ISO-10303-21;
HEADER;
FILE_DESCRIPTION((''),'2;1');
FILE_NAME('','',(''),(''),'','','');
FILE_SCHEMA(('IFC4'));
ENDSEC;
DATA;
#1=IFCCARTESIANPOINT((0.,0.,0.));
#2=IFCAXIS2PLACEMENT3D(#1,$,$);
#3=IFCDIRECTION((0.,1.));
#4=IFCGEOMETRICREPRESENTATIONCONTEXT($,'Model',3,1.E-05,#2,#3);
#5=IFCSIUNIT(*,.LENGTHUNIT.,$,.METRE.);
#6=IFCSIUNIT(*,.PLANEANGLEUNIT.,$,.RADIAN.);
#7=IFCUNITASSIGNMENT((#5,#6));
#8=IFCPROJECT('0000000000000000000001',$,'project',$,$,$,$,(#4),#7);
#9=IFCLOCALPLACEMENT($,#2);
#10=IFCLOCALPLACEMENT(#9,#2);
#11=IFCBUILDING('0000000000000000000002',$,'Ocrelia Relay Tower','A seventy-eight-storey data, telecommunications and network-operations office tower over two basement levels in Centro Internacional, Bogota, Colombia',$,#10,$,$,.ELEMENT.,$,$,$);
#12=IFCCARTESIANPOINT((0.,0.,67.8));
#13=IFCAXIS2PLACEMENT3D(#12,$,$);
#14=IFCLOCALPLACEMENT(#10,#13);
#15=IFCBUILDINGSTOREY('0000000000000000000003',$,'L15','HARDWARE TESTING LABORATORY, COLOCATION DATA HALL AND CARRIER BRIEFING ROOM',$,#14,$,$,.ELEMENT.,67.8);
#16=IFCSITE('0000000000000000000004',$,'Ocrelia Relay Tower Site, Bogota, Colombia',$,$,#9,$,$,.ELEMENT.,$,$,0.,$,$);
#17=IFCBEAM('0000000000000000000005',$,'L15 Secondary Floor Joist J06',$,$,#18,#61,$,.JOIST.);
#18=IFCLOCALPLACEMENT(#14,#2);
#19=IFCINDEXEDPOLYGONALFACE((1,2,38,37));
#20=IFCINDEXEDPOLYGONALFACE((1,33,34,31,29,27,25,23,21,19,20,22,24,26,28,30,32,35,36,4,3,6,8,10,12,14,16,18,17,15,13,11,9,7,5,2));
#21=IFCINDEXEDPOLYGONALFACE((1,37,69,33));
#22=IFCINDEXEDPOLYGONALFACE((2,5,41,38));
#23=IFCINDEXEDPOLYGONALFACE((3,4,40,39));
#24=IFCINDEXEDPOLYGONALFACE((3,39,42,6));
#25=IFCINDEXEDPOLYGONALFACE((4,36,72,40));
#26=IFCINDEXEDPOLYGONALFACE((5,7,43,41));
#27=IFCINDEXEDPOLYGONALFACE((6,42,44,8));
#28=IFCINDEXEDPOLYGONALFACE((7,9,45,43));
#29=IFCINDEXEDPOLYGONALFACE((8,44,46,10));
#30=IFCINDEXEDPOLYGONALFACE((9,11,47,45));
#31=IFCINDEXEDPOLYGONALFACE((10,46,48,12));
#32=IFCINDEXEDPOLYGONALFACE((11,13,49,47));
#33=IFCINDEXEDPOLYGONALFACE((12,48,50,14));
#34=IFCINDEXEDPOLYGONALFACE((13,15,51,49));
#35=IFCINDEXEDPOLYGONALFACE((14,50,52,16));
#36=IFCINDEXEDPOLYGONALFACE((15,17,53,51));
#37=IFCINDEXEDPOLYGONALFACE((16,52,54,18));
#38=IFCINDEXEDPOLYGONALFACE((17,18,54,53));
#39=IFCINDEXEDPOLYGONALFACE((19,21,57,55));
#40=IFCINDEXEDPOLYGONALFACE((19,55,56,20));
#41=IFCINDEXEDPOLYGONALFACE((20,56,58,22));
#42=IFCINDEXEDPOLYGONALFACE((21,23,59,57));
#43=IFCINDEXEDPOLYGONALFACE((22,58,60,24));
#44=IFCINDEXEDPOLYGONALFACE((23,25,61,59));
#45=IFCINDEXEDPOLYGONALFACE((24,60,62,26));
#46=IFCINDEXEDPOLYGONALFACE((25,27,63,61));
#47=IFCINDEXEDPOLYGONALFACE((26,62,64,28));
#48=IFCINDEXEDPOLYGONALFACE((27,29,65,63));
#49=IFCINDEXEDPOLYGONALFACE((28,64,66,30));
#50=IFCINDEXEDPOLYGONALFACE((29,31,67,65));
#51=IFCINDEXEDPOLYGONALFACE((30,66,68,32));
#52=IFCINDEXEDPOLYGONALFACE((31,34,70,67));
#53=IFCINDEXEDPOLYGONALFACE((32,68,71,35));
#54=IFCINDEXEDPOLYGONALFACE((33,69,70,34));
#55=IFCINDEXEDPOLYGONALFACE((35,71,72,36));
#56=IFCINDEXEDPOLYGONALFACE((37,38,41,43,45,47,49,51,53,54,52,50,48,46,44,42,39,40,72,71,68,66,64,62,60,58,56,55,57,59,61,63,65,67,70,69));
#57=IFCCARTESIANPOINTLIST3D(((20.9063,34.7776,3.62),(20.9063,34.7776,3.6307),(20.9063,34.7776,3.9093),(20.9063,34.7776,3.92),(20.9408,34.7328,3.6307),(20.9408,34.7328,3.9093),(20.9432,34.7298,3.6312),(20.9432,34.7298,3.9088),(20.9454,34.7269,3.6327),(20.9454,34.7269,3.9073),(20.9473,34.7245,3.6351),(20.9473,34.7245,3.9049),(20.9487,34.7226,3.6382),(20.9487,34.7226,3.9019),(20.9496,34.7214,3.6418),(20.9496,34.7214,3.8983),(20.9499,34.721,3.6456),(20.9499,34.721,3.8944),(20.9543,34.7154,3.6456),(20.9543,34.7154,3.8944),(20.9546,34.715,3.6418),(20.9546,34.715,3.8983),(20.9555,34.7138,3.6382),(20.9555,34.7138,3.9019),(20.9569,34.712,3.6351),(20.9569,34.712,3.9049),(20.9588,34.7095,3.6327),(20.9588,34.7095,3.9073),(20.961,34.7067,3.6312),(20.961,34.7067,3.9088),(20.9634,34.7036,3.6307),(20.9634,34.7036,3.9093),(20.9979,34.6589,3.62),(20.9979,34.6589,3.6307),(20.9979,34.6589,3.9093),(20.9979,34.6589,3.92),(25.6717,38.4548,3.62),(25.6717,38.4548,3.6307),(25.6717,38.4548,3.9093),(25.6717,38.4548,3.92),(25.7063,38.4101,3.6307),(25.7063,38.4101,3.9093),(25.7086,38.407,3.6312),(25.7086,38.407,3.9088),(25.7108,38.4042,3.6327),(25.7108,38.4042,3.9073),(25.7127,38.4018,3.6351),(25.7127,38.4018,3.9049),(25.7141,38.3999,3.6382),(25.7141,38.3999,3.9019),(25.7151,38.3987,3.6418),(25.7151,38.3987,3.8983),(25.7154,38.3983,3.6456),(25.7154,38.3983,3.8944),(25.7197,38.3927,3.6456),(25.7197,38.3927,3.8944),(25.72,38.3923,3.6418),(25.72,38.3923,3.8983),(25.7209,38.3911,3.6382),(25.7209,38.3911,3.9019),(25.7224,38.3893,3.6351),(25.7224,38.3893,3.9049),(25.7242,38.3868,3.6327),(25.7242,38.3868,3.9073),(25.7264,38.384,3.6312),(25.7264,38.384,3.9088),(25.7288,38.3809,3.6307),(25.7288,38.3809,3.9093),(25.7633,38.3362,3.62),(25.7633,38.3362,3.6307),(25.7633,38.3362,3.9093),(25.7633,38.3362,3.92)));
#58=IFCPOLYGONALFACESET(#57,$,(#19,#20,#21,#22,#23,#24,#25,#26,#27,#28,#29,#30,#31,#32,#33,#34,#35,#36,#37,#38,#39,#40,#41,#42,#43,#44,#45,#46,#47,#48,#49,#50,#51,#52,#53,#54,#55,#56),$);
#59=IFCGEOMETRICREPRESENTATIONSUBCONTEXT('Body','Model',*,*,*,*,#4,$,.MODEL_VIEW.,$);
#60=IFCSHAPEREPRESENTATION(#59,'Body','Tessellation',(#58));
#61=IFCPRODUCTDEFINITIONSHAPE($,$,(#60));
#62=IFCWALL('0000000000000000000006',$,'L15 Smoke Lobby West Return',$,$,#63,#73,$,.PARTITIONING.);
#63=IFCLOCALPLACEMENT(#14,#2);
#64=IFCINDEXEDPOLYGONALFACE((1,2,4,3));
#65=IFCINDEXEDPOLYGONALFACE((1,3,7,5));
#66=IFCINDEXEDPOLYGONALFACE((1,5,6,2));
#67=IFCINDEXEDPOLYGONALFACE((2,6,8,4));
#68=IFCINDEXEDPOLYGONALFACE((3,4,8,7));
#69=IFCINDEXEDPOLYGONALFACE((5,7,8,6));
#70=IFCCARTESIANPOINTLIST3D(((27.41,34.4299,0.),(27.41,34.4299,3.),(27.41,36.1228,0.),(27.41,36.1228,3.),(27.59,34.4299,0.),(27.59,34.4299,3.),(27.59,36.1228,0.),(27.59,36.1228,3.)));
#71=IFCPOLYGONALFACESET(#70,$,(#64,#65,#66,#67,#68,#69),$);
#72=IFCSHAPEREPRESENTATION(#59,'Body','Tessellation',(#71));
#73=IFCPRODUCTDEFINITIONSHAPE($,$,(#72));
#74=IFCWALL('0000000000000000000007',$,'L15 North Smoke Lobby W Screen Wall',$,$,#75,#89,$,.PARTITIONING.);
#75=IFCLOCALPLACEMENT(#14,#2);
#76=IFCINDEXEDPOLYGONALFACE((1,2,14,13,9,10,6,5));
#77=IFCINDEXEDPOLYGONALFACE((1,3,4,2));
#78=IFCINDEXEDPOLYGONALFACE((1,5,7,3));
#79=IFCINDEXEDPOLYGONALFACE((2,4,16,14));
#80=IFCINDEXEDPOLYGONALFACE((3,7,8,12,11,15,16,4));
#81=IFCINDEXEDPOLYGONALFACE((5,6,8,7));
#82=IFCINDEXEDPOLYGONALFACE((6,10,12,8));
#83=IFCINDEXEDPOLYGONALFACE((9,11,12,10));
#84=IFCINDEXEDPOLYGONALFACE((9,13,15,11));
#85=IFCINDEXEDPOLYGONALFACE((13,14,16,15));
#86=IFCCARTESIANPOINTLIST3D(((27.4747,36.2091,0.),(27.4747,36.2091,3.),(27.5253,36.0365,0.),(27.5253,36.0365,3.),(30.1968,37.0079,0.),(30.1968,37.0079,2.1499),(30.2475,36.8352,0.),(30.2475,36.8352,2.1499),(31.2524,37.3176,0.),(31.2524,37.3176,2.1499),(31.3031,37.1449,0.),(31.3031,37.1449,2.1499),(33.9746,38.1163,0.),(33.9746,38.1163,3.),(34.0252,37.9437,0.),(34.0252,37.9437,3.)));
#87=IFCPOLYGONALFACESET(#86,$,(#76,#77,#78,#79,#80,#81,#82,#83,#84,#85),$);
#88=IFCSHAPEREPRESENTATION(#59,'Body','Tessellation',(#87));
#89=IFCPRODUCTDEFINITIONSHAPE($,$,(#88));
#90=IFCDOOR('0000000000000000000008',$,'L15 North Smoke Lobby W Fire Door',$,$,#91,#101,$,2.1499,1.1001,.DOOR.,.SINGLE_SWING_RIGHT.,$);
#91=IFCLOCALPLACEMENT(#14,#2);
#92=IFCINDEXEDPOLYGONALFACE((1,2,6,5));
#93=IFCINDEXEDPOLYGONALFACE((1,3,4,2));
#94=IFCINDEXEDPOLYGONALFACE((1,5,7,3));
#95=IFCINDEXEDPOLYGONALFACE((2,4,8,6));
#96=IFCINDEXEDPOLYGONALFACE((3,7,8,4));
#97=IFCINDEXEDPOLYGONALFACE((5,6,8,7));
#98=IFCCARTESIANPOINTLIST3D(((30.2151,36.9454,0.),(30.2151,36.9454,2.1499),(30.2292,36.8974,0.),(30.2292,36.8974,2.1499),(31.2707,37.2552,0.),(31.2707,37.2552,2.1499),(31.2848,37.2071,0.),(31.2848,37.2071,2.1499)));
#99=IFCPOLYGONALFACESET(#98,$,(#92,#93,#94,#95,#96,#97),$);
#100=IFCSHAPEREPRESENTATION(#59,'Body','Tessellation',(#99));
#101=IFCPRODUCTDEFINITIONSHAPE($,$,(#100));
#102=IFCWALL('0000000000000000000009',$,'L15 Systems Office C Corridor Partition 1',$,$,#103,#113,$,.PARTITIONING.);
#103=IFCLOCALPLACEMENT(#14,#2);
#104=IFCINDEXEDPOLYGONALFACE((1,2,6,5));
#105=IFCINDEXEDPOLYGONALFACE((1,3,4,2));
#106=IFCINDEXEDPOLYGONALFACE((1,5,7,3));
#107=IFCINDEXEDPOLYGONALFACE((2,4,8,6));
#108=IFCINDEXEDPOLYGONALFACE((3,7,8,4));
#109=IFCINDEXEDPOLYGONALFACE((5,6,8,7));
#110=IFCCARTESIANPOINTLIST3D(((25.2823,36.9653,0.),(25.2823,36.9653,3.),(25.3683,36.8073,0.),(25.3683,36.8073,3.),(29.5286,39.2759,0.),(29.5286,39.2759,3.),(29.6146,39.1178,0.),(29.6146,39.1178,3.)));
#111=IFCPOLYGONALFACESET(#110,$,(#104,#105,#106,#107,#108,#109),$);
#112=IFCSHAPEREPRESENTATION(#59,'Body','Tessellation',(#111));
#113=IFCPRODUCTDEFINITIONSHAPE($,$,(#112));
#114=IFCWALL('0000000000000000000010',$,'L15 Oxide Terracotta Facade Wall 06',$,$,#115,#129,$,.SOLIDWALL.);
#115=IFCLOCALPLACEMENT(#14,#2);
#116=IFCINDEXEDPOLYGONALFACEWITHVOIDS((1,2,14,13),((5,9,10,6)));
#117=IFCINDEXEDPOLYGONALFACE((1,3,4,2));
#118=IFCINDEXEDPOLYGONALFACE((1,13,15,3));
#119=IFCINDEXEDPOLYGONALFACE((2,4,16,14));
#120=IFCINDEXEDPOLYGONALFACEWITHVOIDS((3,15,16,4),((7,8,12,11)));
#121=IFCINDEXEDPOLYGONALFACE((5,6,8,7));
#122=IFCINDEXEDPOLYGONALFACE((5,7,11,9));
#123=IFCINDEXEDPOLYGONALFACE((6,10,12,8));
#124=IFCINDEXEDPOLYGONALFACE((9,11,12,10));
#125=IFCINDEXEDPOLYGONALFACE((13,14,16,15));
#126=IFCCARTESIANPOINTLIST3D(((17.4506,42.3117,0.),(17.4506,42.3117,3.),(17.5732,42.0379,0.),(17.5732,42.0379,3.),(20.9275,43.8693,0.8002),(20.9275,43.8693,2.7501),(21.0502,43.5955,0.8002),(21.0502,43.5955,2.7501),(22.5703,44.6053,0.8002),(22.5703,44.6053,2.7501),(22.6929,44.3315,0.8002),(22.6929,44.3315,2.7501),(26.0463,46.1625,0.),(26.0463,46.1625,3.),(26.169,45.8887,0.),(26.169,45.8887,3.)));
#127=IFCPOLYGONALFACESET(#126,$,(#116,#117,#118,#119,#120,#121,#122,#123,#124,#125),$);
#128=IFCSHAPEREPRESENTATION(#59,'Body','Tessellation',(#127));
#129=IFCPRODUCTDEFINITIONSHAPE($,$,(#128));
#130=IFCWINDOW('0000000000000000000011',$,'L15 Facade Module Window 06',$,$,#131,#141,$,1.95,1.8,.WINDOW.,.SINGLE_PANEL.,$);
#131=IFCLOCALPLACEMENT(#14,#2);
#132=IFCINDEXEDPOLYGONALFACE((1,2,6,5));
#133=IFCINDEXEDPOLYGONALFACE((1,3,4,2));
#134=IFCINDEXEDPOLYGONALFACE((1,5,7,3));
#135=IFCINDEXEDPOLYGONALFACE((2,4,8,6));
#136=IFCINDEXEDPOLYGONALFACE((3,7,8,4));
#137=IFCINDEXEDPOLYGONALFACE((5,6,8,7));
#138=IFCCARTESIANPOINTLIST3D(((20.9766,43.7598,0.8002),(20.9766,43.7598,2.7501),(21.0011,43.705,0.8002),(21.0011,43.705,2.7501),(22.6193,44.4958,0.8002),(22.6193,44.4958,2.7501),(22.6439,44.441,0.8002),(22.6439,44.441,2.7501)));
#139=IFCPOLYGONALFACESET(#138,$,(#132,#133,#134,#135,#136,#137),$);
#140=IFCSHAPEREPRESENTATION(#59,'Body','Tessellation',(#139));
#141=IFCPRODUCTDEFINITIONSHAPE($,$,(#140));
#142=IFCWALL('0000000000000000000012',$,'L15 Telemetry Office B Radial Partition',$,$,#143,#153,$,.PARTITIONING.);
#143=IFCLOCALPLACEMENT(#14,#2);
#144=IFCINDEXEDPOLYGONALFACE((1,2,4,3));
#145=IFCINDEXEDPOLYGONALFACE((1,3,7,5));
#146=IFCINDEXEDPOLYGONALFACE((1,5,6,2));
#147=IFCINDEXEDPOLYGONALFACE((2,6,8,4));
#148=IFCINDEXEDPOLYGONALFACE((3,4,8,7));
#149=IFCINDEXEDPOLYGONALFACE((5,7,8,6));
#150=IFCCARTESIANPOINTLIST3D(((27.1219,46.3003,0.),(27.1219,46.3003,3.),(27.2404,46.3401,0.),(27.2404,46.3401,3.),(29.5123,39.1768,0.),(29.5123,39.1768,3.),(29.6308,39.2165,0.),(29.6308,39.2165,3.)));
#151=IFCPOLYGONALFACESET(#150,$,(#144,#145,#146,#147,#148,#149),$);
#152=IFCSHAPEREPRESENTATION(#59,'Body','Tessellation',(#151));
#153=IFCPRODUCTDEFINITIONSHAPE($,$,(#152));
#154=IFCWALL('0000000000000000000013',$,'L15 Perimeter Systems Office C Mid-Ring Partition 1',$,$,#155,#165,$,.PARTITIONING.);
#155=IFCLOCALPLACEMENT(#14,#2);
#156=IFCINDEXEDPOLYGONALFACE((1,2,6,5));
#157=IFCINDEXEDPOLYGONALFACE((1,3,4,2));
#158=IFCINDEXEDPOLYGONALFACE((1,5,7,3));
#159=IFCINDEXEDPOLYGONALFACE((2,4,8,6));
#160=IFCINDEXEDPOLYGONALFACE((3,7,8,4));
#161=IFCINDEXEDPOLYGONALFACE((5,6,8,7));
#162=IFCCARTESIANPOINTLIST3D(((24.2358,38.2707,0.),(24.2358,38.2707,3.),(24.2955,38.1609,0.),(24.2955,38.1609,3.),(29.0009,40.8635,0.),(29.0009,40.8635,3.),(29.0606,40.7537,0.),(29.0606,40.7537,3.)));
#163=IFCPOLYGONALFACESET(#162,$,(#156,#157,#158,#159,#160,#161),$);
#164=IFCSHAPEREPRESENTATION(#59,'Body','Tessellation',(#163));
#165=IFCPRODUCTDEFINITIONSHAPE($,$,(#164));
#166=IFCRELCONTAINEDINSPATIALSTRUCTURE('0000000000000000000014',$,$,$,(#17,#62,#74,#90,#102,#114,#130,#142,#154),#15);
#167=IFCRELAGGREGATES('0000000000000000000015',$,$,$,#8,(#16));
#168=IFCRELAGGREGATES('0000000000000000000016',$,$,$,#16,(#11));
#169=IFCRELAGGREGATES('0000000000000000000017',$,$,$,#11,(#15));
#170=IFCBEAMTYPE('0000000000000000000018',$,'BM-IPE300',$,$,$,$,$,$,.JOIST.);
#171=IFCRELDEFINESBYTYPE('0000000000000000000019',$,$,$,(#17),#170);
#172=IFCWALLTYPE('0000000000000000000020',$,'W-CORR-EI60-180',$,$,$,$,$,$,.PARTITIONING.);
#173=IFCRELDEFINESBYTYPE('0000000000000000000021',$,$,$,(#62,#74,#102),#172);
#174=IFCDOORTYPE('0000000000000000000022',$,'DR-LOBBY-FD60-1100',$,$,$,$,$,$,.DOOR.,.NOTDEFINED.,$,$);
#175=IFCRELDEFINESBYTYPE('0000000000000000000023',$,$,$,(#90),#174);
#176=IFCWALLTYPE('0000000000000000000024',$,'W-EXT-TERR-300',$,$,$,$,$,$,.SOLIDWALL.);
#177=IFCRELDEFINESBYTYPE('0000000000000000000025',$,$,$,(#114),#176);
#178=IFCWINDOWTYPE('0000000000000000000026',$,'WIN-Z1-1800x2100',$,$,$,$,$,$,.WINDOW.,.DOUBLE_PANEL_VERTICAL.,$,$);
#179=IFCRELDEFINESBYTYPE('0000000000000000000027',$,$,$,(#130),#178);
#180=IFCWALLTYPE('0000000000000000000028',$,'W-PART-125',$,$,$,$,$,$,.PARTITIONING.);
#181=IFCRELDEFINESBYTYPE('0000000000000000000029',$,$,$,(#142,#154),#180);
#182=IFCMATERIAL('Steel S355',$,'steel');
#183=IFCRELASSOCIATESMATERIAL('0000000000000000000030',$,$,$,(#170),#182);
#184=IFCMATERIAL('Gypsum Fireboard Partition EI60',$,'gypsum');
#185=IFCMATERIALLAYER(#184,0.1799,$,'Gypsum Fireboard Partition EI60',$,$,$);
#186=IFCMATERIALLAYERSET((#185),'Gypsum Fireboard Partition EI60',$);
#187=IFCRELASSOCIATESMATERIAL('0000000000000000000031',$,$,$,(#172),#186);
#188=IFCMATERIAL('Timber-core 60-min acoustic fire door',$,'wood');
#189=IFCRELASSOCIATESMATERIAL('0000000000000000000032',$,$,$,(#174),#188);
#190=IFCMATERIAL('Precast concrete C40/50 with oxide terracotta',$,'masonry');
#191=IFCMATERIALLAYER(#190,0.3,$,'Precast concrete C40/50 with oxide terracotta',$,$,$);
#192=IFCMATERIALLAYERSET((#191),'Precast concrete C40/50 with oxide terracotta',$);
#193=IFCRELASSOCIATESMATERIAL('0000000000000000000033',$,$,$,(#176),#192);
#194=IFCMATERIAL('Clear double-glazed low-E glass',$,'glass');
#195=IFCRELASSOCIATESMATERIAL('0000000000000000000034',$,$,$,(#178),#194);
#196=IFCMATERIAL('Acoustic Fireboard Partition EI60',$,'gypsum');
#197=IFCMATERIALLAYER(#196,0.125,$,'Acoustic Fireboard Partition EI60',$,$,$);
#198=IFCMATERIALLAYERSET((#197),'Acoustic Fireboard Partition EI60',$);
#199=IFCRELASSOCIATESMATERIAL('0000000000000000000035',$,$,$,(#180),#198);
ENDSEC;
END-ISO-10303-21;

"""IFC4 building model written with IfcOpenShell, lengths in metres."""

from ifc_helpers import new_model, si_unit, direction, frame, frame_2d, origin, origin_2d, place, context, subcontext, project, spatial, rectangle, i_section, extrude, material, layer, layer_set, material_profile, profile_set, type_object, element, fill, save


model = new_model("IFC4")

# Units and contexts
model_context = context("Model", 3, precision=1e-05, world=origin(), true_north=direction((0.0, 1.0)))
body_context = subcontext(model_context, "Body", "Model", "MODEL_VIEW")
ifc_project = project(units=[si_unit("LENGTHUNIT", "METRE"), si_unit("PLANEANGLEUNIT", "RADIAN")], contexts=[model_context])

# Site, building, storey
site_placement = place(None, origin())
site = spatial("IfcSite", under=ifc_project, at=site_placement, Name="Ocrelia Relay Tower Site, Bogota, Colombia", CompositionType="ELEMENT", RefElevation=0.0)
building_placement = place(site_placement, origin())
building = spatial("IfcBuilding", under=site, at=building_placement, Name="Ocrelia Relay Tower", Description="A seventy-eight-storey data, telecommunications and network-operations office tower over two basement levels in Centro Internacional, Bogota, Colombia", CompositionType="ELEMENT")
storey_placement = place(building_placement, frame((0.0, 0.0, 67.8)))
storey = spatial("IfcBuildingStorey", under=building, at=storey_placement, Name="L15", Description="HARDWARE TESTING LABORATORY, COLOCATION DATA HALL AND CARRIER BRIEFING ROOM", CompositionType="ELEMENT", Elevation=67.8)

# Beam
ifc_material_1 = material(Name="Steel S355", Category="steel")
ifc_material_profile_1 = material_profile(ifc_material_1, i_section(OverallWidth=0.1499, OverallDepth=0.3, WebThickness=0.0071, FlangeThickness=0.0107, FilletRadius=0.0149, at=origin_2d()), Name="IPE 300")
ifc_profile_set_1 = profile_set([ifc_material_profile_1], Name="Steel S355")
beam_type_1 = type_object("IfcBeamType", Name="BM-IPE300", PredefinedType="JOIST", material=ifc_profile_set_1)
beam_1_placement = place(storey_placement, frame((25.7175, 38.3955, 3.77), z_axis=(-0.791694, -0.610918, 0.0), x_axis=(0.610918, -0.791694, 0.0)))
element("IfcBeam", 1, at=beam_1_placement, inside=storey, type_object=beam_type_1, Name="L15 Secondary Floor Joist J06", PredefinedType="JOIST", context=body_context, shape_type="SweptSolid", body=[
    extrude(i_section(OverallWidth=0.1499, OverallDepth=0.3, WebThickness=0.0071, FlangeThickness=0.0107, FilletRadius=0.0149, at=origin_2d()), origin(), (0.0, 0.0, 1.0), 6.0193),
])

# Wall
ifc_material_2 = material(Name="Gypsum Fireboard Partition EI60", Category="gypsum")
ifc_layer_1 = layer(ifc_material_2, 0.1799, Name="Gypsum Fireboard Partition EI60")
ifc_layer_set_1 = layer_set([ifc_layer_1], Name="Gypsum Fireboard Partition EI60")
wall_type_1 = type_object("IfcWallType", Name="W-CORR-EI60-180", PredefinedType="PARTITIONING", material=ifc_layer_set_1)
wall_1_placement = place(storey_placement, frame((27.5, 34.4299, 0.0), z_axis=(0.0, 0.0, 1.0), x_axis=(0.0, 1.0, 0.0)))
element("IfcWall", 2, at=wall_1_placement, inside=storey, type_object=wall_type_1, Name="L15 Smoke Lobby West Return", PredefinedType="PARTITIONING", context=body_context, shape_type="SweptSolid", body=[
    extrude(rectangle(XDim=1.6929, YDim=0.1799, at=frame_2d((0.8464, 0.0))), origin(), (0.0, 0.0, 1.0), 3.0),
])

# Wall, opening, door
wall_2_placement = place(storey_placement, frame((27.5, 36.1228, 0.0), z_axis=(0.0, 0.0, 1.0), x_axis=(0.959547, 0.28155, 0.0)))
wall_2 = element("IfcWall", 3, at=wall_2_placement, inside=storey, type_object=wall_type_1, Name="L15 North Smoke Lobby W Screen Wall", PredefinedType="PARTITIONING", context=body_context, shape_type="SweptSolid", body=[
    extrude(rectangle(XDim=6.7739, YDim=0.1799, at=frame_2d((3.387, 0.0))), origin(), (0.0, 0.0, 1.0), 3.0),
])
opening_1_placement = place(wall_2_placement, frame((2.8369, 0.0, 0.0)))
opening_1 = element("IfcOpeningElement", 4, at=opening_1_placement, cuts=wall_2, PredefinedType="OPENING", context=body_context, shape_type="SweptSolid", body=[
    extrude(rectangle(XDim=1.1001, YDim=2.1499, at=frame_2d((0.55, 1.075))), frame((0.0, 0.1001, 0.0), z_axis=(0.0, -1.0, 0.0), x_axis=(1.0, 0.0, 0.0)), (0.0, 0.0, 1.0), 0.2),
])
ifc_material_3 = material(Name="Timber-core 60-min acoustic fire door", Category="wood")
door_type_1 = type_object("IfcDoorType", Name="DR-LOBBY-FD60-1100", OperationType="NOTDEFINED", PredefinedType="DOOR", material=ifc_material_3)
door_1_placement = place(opening_1_placement, origin())
door_1 = element("IfcDoor", 5, at=door_1_placement, inside=storey, type_object=door_type_1, Name="L15 North Smoke Lobby W Fire Door", OperationType="SINGLE_SWING_RIGHT", OverallHeight=2.1499, OverallWidth=1.1001, PredefinedType="DOOR", context=body_context, shape_type="SweptSolid", body=[
    extrude(rectangle(XDim=1.1001, YDim=2.1499, at=frame_2d((0.55, 1.075))), frame((0.0, 0.0249, 0.0), z_axis=(0.0, -1.0, 0.0), x_axis=(1.0, 0.0, 0.0)), (0.0, 0.0, 1.0), 0.05),
])
fill(opening_1, door_1)

# Wall
wall_3_placement = place(storey_placement, frame((29.5715, 39.1968, 0.0), z_axis=(0.0, 0.0, 1.0), x_axis=(-0.878385, -0.477953, 0.0)))
element("IfcWall", 6, at=wall_3_placement, inside=storey, type_object=wall_type_1, Name="L15 Systems Office C Corridor Partition 1", PredefinedType="PARTITIONING", context=body_context, shape_type="SweptSolid", body=[
    extrude(rectangle(XDim=4.8342, YDim=0.1799, at=frame_2d((2.417, 0.0))), origin(), (0.0, 0.0, 1.0), 3.0),
])

# Wall, opening, window
ifc_material_4 = material(Name="Precast concrete C40/50 with oxide terracotta", Category="masonry")
ifc_layer_2 = layer(ifc_material_4, 0.3, Name="Precast concrete C40/50 with oxide terracotta")
ifc_layer_set_2 = layer_set([ifc_layer_2], Name="Precast concrete C40/50 with oxide terracotta")
wall_type_2 = type_object("IfcWallType", Name="W-EXT-TERR-300", PredefinedType="SOLIDWALL", material=ifc_layer_set_2)
wall_4_placement = place(storey_placement, frame((26.1077, 46.0256, 0.0), z_axis=(0.0, 0.0, 1.0), x_axis=(-0.912605, -0.408842, 0.0)))
wall_4 = element("IfcWall", 7, at=wall_4_placement, inside=storey, type_object=wall_type_2, Name="L15 Oxide Terracotta Facade Wall 06", PredefinedType="SOLIDWALL", context=body_context, shape_type="SweptSolid", body=[
    extrude(rectangle(XDim=9.4189, YDim=0.3, at=frame_2d((4.7095, 0.0))), origin(), (0.0, 0.0, 1.0), 3.0),
])
opening_2_placement = place(wall_4_placement, frame((3.8091, 0.0, 0.8)))
opening_2 = element("IfcOpeningElement", 8, at=opening_2_placement, cuts=wall_4, PredefinedType="OPENING", context=body_context, shape_type="SweptSolid", body=[
    extrude(rectangle(XDim=1.8, YDim=1.95, at=frame_2d((0.8999, 0.9751))), frame((0.0, 0.1602, 0.0), z_axis=(0.0, -1.0, 0.0), x_axis=(1.0, 0.0, 0.0)), (0.0, 0.0, 1.0), 0.3201),
])
ifc_material_5 = material(Name="Clear double-glazed low-E glass", Category="glass")
window_type = type_object("IfcWindowType", Name="WIN-Z1-1800x2100", PartitioningType="DOUBLE_PANEL_VERTICAL", PredefinedType="WINDOW", material=ifc_material_5)
window_placement = place(opening_2_placement, origin())
window = element("IfcWindow", 9, at=window_placement, inside=storey, type_object=window_type, Name="L15 Facade Module Window 06", OverallHeight=1.95, OverallWidth=1.8, PartitioningType="SINGLE_PANEL", PredefinedType="WINDOW", context=body_context, shape_type="SweptSolid", body=[
    extrude(rectangle(XDim=1.8, YDim=1.95, at=frame_2d((0.8999, 0.9751))), frame((0.0, 0.03, 0.0), z_axis=(0.0, -1.0, 0.0), x_axis=(1.0, 0.0, 0.0)), (0.0, 0.0, 1.0), 0.0601),
])
fill(opening_2, window)

# Walls
ifc_material_6 = material(Name="Acoustic Fireboard Partition EI60", Category="gypsum")
ifc_layer_3 = layer(ifc_material_6, 0.125, Name="Acoustic Fireboard Partition EI60")
ifc_layer_set_3 = layer_set([ifc_layer_3], Name="Acoustic Fireboard Partition EI60")
wall_type_3 = type_object("IfcWallType", Name="W-PART-125", PredefinedType="PARTITIONING", material=ifc_layer_set_3)
wall_5_placement = place(storey_placement, frame((29.5715, 39.1968, 0.0), z_axis=(0.0, 0.0, 1.0), x_axis=(-0.318128, 0.948048, 0.0)))
element("IfcWall", 10, at=wall_5_placement, inside=storey, type_object=wall_type_3, Name="L15 Telemetry Office B Radial Partition", PredefinedType="PARTITIONING", context=body_context, shape_type="SweptSolid", body=[
    extrude(rectangle(XDim=7.5139, YDim=0.125, at=frame_2d((3.7568, 0.0))), origin(), (0.0, 0.0, 1.0), 3.0),
])
wall_6_placement = place(storey_placement, frame((29.0308, 40.8086, 0.0), z_axis=(0.0, 0.0, 1.0), x_axis=(-0.87839, -0.477944, 0.0)))
element("IfcWall", 11, at=wall_6_placement, inside=storey, type_object=wall_type_3, Name="L15 Perimeter Systems Office C Mid-Ring Partition 1", PredefinedType="PARTITIONING", context=body_context, shape_type="SweptSolid", body=[
    extrude(rectangle(XDim=5.4248, YDim=0.125, at=frame_2d((2.7124, 0.0))), origin(), (0.0, 0.0, 1.0), 3.0),
])

save(model, "model.ifc")
